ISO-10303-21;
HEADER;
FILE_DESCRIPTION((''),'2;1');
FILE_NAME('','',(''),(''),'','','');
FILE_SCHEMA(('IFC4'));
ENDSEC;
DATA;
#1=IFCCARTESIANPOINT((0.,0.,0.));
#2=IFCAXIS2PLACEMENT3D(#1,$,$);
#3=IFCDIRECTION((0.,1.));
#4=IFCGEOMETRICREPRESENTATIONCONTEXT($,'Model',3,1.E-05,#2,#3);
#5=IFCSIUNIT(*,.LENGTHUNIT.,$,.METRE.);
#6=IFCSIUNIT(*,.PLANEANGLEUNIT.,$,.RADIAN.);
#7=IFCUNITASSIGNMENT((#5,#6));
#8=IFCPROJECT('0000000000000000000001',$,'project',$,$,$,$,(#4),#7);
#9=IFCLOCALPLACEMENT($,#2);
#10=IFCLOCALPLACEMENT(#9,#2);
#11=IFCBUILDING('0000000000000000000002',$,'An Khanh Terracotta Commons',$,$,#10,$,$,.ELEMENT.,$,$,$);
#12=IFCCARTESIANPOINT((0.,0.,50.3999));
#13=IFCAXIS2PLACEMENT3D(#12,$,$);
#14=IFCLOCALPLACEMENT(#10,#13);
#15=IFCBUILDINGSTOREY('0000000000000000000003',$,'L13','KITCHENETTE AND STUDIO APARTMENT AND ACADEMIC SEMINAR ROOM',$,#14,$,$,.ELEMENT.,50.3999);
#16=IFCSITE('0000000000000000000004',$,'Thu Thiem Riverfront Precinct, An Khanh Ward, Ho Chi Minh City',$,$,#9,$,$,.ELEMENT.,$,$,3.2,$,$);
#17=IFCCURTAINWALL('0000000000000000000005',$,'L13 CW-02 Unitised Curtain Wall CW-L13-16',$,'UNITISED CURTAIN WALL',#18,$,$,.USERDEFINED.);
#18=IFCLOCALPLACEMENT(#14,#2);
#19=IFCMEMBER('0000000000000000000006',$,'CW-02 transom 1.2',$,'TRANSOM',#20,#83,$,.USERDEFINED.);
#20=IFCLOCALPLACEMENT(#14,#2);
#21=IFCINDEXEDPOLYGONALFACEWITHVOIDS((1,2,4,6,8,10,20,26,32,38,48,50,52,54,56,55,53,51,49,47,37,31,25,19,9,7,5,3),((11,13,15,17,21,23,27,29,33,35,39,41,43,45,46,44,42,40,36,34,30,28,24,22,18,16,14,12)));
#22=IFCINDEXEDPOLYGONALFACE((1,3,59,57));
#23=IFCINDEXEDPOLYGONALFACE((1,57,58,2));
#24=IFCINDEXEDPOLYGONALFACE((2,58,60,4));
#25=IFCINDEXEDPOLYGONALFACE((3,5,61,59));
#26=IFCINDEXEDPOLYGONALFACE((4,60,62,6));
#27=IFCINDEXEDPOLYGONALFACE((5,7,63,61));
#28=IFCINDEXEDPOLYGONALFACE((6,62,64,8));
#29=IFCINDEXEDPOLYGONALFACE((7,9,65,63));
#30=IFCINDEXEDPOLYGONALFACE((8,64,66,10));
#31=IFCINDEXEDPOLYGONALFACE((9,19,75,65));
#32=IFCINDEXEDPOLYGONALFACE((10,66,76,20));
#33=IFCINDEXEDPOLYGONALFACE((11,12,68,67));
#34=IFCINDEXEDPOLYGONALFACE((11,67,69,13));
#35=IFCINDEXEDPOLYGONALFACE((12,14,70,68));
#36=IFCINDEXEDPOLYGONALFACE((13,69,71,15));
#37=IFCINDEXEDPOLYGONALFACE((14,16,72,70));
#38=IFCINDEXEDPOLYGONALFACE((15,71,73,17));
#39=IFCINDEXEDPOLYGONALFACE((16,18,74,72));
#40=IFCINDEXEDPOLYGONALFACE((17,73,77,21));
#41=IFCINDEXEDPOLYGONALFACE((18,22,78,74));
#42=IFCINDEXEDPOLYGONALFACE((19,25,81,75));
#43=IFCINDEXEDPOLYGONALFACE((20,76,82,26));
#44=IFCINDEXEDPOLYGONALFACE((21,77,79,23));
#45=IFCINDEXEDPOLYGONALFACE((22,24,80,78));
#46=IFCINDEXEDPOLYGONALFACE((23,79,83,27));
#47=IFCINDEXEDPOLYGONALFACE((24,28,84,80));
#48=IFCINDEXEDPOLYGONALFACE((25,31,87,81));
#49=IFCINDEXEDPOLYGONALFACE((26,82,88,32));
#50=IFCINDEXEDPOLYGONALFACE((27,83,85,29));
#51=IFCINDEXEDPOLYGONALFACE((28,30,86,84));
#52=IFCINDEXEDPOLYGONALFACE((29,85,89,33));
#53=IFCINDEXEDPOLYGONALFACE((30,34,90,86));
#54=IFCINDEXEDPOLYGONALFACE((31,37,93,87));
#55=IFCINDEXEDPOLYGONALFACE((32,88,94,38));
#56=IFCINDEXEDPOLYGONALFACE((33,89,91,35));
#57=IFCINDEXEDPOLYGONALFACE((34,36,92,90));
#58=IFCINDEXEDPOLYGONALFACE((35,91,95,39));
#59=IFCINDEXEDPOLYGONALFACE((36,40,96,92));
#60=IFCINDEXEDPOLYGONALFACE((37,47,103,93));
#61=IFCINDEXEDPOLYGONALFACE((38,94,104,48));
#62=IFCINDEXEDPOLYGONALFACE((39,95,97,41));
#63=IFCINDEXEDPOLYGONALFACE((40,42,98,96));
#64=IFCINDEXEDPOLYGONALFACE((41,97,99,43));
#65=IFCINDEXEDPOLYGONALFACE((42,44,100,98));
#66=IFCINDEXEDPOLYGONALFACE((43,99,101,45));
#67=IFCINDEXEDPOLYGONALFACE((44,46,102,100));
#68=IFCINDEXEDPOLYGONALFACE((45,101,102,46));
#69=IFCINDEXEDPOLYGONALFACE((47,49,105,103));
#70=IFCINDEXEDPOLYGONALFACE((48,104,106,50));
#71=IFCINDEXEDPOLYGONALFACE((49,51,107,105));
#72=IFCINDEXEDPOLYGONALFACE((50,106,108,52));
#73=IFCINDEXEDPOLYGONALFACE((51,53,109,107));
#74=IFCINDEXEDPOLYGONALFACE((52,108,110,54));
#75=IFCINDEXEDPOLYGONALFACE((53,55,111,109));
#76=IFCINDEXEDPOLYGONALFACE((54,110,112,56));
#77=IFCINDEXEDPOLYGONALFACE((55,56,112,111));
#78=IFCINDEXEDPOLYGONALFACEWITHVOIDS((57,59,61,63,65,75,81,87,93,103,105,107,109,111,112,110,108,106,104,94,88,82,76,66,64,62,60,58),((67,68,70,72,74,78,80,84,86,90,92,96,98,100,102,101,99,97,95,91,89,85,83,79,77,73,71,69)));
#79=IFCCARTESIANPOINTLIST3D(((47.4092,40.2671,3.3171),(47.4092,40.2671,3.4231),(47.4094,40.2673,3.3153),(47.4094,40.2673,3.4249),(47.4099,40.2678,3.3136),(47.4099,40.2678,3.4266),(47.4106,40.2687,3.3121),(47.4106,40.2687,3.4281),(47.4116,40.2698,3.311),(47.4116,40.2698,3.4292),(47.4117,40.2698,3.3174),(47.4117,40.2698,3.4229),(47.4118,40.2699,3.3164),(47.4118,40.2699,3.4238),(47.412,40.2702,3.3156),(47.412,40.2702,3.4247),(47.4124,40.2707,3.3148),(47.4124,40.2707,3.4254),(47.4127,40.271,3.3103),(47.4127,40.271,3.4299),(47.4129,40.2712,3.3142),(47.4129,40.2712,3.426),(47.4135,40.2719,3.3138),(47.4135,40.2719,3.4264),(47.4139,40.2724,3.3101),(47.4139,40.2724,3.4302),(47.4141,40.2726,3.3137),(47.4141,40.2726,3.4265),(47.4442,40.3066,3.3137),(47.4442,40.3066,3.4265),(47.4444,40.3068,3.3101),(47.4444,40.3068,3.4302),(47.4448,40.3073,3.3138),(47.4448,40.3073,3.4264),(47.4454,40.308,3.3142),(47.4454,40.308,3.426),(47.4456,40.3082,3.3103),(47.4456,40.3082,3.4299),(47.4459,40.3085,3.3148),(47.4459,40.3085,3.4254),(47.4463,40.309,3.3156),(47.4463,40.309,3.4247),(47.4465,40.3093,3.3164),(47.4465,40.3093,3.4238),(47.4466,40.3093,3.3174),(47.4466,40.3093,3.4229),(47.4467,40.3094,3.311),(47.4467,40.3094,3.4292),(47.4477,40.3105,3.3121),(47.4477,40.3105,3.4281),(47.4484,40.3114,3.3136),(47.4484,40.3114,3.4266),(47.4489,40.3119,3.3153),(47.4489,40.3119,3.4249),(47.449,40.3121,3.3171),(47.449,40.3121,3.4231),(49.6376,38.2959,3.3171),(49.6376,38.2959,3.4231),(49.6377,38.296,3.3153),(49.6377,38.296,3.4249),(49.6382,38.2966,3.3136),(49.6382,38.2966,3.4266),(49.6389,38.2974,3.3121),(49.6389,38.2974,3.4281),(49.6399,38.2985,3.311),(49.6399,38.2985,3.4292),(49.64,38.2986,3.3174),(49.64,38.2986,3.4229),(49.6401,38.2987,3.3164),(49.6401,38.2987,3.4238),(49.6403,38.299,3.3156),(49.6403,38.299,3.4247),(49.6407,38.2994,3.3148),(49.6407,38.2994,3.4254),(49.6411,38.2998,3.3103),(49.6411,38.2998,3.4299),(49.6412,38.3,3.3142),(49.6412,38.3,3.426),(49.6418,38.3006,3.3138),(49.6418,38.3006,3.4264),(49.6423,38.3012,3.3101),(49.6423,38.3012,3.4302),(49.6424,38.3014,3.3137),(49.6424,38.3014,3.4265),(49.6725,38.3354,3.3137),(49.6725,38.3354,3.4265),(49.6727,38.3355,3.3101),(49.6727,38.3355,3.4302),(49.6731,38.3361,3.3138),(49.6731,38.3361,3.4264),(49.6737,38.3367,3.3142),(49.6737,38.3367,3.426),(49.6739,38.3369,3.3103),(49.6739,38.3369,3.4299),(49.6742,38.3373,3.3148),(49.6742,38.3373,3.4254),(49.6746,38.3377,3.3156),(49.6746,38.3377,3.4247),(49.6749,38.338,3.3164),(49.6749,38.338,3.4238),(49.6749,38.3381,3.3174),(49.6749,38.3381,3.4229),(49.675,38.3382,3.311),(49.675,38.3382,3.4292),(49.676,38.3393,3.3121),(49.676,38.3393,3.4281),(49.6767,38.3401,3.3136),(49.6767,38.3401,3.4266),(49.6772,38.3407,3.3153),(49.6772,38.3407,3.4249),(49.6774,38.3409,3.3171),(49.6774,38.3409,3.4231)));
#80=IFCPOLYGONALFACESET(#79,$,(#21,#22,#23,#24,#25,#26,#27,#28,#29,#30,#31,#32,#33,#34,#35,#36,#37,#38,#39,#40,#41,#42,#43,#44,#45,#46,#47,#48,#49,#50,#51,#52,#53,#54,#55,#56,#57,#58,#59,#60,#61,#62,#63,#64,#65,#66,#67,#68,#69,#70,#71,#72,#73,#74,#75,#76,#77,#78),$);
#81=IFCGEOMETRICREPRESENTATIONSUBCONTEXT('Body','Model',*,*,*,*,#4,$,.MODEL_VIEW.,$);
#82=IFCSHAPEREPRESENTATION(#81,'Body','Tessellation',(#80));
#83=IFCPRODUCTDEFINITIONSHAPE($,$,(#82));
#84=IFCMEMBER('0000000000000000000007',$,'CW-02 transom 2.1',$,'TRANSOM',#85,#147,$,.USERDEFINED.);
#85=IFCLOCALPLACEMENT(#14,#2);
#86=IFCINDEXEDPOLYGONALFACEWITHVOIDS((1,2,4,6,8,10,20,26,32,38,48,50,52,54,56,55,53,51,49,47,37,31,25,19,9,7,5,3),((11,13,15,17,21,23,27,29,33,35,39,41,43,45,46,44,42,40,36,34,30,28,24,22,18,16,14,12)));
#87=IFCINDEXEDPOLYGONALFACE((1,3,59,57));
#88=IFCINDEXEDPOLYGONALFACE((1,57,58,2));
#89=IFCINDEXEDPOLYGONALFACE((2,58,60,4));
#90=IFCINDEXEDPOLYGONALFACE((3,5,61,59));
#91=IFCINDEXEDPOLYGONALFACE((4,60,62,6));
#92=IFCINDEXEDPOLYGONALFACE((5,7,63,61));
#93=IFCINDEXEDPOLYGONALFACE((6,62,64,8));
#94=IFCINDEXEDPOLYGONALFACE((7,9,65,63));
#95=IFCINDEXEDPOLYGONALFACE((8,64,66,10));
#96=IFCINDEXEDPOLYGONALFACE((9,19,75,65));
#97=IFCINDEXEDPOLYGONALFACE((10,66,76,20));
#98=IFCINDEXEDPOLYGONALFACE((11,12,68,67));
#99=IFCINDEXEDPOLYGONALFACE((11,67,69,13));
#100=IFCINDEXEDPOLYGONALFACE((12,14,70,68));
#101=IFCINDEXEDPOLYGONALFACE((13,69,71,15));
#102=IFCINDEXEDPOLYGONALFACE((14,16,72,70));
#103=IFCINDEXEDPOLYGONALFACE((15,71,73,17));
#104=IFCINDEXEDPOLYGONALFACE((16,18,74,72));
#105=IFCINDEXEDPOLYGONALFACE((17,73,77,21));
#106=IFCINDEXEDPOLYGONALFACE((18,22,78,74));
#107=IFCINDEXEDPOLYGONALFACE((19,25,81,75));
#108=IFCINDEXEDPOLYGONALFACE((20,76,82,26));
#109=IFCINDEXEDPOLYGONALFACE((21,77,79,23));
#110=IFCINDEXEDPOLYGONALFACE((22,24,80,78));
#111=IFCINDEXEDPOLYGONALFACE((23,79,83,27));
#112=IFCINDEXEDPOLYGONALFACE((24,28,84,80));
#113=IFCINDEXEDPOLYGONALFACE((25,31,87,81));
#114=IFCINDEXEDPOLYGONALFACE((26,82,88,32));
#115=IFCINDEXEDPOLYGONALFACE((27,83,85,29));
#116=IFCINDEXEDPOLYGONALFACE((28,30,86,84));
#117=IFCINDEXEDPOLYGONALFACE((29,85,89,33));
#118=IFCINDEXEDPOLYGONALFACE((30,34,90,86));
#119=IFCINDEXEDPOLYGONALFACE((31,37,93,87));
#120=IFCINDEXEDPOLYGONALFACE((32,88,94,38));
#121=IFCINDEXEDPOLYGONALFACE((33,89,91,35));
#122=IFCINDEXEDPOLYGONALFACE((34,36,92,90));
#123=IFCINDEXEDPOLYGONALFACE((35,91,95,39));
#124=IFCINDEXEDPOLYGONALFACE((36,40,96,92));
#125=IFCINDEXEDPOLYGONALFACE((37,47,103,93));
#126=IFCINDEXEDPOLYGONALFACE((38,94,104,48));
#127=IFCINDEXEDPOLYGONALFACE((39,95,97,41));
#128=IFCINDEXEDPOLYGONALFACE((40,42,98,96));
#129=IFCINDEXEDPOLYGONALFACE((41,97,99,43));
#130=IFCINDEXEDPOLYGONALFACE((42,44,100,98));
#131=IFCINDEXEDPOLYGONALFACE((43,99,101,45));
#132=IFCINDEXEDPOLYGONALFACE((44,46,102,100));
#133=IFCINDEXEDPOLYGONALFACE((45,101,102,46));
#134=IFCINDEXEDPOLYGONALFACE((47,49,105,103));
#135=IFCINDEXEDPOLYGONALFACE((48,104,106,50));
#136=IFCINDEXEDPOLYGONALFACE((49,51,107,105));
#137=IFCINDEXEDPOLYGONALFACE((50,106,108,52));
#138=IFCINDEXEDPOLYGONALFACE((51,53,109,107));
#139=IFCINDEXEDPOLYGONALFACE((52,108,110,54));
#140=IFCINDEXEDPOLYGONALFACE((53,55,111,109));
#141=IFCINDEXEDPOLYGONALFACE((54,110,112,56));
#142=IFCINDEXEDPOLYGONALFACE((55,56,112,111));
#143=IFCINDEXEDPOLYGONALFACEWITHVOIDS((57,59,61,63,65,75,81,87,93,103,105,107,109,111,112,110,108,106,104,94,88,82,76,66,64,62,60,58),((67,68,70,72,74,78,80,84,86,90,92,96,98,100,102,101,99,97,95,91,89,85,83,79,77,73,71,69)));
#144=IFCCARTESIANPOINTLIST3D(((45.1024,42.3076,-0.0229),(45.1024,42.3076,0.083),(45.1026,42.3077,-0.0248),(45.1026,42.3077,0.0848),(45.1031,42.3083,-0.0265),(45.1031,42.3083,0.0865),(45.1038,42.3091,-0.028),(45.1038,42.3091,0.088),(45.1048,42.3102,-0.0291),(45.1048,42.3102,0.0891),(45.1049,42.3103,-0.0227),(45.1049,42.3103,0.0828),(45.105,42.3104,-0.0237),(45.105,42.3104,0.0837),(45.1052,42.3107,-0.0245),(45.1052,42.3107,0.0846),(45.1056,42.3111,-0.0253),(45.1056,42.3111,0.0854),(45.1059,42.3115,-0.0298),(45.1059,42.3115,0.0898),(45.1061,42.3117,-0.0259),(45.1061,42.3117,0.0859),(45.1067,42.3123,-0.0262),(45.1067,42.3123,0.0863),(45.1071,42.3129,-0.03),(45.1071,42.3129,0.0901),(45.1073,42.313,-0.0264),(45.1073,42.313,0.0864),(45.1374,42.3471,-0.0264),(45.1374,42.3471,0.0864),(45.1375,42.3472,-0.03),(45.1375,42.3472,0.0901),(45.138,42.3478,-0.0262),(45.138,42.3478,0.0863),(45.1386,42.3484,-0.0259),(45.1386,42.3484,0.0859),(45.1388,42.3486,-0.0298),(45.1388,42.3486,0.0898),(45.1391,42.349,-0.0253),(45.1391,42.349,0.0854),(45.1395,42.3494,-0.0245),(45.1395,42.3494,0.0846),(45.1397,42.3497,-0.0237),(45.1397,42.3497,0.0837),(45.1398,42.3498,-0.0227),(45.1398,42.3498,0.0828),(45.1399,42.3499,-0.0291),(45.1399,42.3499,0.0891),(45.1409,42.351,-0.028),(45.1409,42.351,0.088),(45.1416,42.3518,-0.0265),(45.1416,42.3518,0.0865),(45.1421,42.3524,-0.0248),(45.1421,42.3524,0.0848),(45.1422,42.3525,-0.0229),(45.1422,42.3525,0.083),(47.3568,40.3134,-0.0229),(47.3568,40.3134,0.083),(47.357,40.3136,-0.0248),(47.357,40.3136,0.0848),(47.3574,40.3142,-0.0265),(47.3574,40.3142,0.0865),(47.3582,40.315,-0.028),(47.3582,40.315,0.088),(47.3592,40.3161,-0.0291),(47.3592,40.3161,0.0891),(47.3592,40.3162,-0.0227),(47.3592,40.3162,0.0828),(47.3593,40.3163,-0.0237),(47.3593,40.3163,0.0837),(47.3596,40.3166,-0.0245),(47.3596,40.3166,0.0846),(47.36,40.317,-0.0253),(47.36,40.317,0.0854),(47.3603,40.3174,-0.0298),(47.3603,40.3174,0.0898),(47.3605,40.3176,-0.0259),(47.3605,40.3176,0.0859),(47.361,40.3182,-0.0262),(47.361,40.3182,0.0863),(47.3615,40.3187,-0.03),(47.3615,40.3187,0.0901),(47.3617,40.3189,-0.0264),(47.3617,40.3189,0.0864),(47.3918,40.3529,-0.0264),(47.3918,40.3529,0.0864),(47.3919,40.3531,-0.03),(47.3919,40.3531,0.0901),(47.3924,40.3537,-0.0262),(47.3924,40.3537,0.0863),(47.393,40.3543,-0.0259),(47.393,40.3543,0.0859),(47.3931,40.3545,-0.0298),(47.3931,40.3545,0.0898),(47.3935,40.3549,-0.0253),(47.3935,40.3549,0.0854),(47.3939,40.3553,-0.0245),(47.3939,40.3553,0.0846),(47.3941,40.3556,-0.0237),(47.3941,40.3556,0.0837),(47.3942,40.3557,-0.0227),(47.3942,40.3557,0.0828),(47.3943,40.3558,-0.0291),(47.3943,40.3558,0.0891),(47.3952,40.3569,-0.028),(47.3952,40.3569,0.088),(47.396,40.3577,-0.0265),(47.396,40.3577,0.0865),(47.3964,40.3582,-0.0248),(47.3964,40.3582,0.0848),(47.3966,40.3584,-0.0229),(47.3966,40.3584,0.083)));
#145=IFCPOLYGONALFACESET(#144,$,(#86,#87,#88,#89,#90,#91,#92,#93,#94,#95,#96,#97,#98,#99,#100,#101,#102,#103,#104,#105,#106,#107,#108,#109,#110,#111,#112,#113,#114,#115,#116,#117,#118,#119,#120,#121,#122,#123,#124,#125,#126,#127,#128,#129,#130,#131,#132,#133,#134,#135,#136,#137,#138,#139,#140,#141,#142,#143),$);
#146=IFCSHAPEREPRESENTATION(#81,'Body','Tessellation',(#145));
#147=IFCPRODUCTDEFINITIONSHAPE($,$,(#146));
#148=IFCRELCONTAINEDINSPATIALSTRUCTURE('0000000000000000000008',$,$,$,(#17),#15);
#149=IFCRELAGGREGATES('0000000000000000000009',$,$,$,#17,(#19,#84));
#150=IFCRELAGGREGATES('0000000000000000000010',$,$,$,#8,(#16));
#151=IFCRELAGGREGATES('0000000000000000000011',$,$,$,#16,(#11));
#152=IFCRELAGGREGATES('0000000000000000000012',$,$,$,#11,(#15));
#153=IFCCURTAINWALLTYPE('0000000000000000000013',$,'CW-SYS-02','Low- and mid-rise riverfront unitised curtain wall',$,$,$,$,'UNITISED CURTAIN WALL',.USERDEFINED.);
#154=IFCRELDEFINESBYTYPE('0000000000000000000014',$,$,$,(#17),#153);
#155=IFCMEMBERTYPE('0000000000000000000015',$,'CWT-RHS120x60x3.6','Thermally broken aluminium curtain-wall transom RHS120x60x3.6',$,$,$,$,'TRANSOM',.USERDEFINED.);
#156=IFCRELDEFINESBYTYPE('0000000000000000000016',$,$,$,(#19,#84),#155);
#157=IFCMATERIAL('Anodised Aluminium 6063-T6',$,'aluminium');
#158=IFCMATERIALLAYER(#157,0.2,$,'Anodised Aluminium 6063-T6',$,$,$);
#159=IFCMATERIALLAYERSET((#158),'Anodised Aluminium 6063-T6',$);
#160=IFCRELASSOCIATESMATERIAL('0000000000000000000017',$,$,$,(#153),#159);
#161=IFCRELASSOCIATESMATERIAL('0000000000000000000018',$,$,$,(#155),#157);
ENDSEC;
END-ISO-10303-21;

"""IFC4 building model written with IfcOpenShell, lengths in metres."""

from ifc_helpers import new_model, si_unit, direction, frame, origin, origin_2d, place, context, subcontext, project, spatial, hollow_rectangle, extrude, material, layer, layer_set, material_profile, profile_set, type_object, element, aggregate, save


model = new_model("IFC4")

# Units and contexts
model_context = context("Model", 3, precision=1e-05, world=origin(), true_north=direction((0.0, 1.0)))
body_context = subcontext(model_context, "Body", "Model", "MODEL_VIEW")
ifc_project = project(units=[si_unit("LENGTHUNIT", "METRE"), si_unit("PLANEANGLEUNIT", "RADIAN")], contexts=[model_context])

# Site, building, storey
site_placement = place(None, origin())
site = spatial("IfcSite", under=ifc_project, at=site_placement, Name="Thu Thiem Riverfront Precinct, An Khanh Ward, Ho Chi Minh City", CompositionType="ELEMENT", RefElevation=3.2)
building_placement = place(site_placement, origin())
building = spatial("IfcBuilding", under=site, at=building_placement, Name="An Khanh Terracotta Commons", CompositionType="ELEMENT")
storey_placement = place(building_placement, frame((0.0, 0.0, 50.3999)))
storey = spatial("IfcBuildingStorey", under=building, at=storey_placement, Name="L13", Description="KITCHENETTE AND STUDIO APARTMENT AND ACADEMIC SEMINAR ROOM", CompositionType="ELEMENT", Elevation=50.3999)

# Shared definitions
ifc_material_1 = material(Name="Anodised Aluminium 6063-T6", Category="aluminium")
ifc_layer_1 = layer(ifc_material_1, 0.2, Name="Anodised Aluminium 6063-T6")
ifc_layer_set_1 = layer_set([ifc_layer_1], Name="Anodised Aluminium 6063-T6")
curtain_wall_type = type_object("IfcCurtainWallType", Name="CW-SYS-02", Description="Low- and mid-rise riverfront unitised curtain wall", ElementType="UNITISED CURTAIN WALL", PredefinedType="USERDEFINED", material=ifc_layer_set_1)

# Curtain wall, members
curtain_wall_1_placement = place(storey_placement, origin())
curtain_wall_1 = element("IfcCurtainWall", 1, at=curtain_wall_1_placement, inside=storey, type_object=curtain_wall_type, Name="L13 CW-02 Unitised Curtain Wall CW-L13-16", ObjectType="UNITISED CURTAIN WALL", PredefinedType="USERDEFINED")
ifc_material_profile_1 = material_profile(ifc_material_1, hollow_rectangle(XDim=0.0601, YDim=0.1201, WallThickness=0.0037, InnerFilletRadius=0.0037, OuterFilletRadius=0.0071, at=origin_2d()), Name="RHS120x60x3.6")
ifc_profile_set_1 = profile_set([ifc_material_profile_1], Name="Anodised Aluminium 6063-T6")
member_type_1 = type_object("IfcMemberType", Name="CWT-RHS120x60x3.6", Description="Thermally broken aluminium curtain-wall transom RHS120x60x3.6", ElementType="TRANSOM", PredefinedType="USERDEFINED", material=ifc_profile_set_1)
member_1_placement = place(storey_placement, frame((49.6575, 38.3184, 3.3701), z_axis=(-0.748992, 0.662579, 0.0), x_axis=(-0.662579, -0.748992, 0.0)))
member_1 = element("IfcMember", 2, at=member_1_placement, type_object=member_type_1, Name="CW-02 transom 1.2", ObjectType="TRANSOM", PredefinedType="USERDEFINED", context=body_context, shape_type="SweptSolid", body=[
    extrude(hollow_rectangle(XDim=0.0601, YDim=0.1201, WallThickness=0.0037, InnerFilletRadius=0.0037, OuterFilletRadius=0.0071, at=origin_2d()), origin(), (0.0, 0.0, 1.0), 2.9751),
])
member_2_placement = place(storey_placement, frame((47.3767, 40.3359, 0.03), z_axis=(-0.749018, 0.662549, 0.0), x_axis=(-0.662549, -0.749018, 0.0)))
member_2 = element("IfcMember", 3, at=member_2_placement, type_object=member_type_1, Name="CW-02 transom 2.1", ObjectType="TRANSOM", PredefinedType="USERDEFINED", context=body_context, shape_type="SweptSolid", body=[
    extrude(hollow_rectangle(XDim=0.0601, YDim=0.1201, WallThickness=0.0037, InnerFilletRadius=0.0037, OuterFilletRadius=0.0071, at=origin_2d()), origin(), (0.0, 0.0, 1.0), 3.0098),
])

aggregate(curtain_wall_1, [member_1, member_2])

save(model, "model.ifc")
